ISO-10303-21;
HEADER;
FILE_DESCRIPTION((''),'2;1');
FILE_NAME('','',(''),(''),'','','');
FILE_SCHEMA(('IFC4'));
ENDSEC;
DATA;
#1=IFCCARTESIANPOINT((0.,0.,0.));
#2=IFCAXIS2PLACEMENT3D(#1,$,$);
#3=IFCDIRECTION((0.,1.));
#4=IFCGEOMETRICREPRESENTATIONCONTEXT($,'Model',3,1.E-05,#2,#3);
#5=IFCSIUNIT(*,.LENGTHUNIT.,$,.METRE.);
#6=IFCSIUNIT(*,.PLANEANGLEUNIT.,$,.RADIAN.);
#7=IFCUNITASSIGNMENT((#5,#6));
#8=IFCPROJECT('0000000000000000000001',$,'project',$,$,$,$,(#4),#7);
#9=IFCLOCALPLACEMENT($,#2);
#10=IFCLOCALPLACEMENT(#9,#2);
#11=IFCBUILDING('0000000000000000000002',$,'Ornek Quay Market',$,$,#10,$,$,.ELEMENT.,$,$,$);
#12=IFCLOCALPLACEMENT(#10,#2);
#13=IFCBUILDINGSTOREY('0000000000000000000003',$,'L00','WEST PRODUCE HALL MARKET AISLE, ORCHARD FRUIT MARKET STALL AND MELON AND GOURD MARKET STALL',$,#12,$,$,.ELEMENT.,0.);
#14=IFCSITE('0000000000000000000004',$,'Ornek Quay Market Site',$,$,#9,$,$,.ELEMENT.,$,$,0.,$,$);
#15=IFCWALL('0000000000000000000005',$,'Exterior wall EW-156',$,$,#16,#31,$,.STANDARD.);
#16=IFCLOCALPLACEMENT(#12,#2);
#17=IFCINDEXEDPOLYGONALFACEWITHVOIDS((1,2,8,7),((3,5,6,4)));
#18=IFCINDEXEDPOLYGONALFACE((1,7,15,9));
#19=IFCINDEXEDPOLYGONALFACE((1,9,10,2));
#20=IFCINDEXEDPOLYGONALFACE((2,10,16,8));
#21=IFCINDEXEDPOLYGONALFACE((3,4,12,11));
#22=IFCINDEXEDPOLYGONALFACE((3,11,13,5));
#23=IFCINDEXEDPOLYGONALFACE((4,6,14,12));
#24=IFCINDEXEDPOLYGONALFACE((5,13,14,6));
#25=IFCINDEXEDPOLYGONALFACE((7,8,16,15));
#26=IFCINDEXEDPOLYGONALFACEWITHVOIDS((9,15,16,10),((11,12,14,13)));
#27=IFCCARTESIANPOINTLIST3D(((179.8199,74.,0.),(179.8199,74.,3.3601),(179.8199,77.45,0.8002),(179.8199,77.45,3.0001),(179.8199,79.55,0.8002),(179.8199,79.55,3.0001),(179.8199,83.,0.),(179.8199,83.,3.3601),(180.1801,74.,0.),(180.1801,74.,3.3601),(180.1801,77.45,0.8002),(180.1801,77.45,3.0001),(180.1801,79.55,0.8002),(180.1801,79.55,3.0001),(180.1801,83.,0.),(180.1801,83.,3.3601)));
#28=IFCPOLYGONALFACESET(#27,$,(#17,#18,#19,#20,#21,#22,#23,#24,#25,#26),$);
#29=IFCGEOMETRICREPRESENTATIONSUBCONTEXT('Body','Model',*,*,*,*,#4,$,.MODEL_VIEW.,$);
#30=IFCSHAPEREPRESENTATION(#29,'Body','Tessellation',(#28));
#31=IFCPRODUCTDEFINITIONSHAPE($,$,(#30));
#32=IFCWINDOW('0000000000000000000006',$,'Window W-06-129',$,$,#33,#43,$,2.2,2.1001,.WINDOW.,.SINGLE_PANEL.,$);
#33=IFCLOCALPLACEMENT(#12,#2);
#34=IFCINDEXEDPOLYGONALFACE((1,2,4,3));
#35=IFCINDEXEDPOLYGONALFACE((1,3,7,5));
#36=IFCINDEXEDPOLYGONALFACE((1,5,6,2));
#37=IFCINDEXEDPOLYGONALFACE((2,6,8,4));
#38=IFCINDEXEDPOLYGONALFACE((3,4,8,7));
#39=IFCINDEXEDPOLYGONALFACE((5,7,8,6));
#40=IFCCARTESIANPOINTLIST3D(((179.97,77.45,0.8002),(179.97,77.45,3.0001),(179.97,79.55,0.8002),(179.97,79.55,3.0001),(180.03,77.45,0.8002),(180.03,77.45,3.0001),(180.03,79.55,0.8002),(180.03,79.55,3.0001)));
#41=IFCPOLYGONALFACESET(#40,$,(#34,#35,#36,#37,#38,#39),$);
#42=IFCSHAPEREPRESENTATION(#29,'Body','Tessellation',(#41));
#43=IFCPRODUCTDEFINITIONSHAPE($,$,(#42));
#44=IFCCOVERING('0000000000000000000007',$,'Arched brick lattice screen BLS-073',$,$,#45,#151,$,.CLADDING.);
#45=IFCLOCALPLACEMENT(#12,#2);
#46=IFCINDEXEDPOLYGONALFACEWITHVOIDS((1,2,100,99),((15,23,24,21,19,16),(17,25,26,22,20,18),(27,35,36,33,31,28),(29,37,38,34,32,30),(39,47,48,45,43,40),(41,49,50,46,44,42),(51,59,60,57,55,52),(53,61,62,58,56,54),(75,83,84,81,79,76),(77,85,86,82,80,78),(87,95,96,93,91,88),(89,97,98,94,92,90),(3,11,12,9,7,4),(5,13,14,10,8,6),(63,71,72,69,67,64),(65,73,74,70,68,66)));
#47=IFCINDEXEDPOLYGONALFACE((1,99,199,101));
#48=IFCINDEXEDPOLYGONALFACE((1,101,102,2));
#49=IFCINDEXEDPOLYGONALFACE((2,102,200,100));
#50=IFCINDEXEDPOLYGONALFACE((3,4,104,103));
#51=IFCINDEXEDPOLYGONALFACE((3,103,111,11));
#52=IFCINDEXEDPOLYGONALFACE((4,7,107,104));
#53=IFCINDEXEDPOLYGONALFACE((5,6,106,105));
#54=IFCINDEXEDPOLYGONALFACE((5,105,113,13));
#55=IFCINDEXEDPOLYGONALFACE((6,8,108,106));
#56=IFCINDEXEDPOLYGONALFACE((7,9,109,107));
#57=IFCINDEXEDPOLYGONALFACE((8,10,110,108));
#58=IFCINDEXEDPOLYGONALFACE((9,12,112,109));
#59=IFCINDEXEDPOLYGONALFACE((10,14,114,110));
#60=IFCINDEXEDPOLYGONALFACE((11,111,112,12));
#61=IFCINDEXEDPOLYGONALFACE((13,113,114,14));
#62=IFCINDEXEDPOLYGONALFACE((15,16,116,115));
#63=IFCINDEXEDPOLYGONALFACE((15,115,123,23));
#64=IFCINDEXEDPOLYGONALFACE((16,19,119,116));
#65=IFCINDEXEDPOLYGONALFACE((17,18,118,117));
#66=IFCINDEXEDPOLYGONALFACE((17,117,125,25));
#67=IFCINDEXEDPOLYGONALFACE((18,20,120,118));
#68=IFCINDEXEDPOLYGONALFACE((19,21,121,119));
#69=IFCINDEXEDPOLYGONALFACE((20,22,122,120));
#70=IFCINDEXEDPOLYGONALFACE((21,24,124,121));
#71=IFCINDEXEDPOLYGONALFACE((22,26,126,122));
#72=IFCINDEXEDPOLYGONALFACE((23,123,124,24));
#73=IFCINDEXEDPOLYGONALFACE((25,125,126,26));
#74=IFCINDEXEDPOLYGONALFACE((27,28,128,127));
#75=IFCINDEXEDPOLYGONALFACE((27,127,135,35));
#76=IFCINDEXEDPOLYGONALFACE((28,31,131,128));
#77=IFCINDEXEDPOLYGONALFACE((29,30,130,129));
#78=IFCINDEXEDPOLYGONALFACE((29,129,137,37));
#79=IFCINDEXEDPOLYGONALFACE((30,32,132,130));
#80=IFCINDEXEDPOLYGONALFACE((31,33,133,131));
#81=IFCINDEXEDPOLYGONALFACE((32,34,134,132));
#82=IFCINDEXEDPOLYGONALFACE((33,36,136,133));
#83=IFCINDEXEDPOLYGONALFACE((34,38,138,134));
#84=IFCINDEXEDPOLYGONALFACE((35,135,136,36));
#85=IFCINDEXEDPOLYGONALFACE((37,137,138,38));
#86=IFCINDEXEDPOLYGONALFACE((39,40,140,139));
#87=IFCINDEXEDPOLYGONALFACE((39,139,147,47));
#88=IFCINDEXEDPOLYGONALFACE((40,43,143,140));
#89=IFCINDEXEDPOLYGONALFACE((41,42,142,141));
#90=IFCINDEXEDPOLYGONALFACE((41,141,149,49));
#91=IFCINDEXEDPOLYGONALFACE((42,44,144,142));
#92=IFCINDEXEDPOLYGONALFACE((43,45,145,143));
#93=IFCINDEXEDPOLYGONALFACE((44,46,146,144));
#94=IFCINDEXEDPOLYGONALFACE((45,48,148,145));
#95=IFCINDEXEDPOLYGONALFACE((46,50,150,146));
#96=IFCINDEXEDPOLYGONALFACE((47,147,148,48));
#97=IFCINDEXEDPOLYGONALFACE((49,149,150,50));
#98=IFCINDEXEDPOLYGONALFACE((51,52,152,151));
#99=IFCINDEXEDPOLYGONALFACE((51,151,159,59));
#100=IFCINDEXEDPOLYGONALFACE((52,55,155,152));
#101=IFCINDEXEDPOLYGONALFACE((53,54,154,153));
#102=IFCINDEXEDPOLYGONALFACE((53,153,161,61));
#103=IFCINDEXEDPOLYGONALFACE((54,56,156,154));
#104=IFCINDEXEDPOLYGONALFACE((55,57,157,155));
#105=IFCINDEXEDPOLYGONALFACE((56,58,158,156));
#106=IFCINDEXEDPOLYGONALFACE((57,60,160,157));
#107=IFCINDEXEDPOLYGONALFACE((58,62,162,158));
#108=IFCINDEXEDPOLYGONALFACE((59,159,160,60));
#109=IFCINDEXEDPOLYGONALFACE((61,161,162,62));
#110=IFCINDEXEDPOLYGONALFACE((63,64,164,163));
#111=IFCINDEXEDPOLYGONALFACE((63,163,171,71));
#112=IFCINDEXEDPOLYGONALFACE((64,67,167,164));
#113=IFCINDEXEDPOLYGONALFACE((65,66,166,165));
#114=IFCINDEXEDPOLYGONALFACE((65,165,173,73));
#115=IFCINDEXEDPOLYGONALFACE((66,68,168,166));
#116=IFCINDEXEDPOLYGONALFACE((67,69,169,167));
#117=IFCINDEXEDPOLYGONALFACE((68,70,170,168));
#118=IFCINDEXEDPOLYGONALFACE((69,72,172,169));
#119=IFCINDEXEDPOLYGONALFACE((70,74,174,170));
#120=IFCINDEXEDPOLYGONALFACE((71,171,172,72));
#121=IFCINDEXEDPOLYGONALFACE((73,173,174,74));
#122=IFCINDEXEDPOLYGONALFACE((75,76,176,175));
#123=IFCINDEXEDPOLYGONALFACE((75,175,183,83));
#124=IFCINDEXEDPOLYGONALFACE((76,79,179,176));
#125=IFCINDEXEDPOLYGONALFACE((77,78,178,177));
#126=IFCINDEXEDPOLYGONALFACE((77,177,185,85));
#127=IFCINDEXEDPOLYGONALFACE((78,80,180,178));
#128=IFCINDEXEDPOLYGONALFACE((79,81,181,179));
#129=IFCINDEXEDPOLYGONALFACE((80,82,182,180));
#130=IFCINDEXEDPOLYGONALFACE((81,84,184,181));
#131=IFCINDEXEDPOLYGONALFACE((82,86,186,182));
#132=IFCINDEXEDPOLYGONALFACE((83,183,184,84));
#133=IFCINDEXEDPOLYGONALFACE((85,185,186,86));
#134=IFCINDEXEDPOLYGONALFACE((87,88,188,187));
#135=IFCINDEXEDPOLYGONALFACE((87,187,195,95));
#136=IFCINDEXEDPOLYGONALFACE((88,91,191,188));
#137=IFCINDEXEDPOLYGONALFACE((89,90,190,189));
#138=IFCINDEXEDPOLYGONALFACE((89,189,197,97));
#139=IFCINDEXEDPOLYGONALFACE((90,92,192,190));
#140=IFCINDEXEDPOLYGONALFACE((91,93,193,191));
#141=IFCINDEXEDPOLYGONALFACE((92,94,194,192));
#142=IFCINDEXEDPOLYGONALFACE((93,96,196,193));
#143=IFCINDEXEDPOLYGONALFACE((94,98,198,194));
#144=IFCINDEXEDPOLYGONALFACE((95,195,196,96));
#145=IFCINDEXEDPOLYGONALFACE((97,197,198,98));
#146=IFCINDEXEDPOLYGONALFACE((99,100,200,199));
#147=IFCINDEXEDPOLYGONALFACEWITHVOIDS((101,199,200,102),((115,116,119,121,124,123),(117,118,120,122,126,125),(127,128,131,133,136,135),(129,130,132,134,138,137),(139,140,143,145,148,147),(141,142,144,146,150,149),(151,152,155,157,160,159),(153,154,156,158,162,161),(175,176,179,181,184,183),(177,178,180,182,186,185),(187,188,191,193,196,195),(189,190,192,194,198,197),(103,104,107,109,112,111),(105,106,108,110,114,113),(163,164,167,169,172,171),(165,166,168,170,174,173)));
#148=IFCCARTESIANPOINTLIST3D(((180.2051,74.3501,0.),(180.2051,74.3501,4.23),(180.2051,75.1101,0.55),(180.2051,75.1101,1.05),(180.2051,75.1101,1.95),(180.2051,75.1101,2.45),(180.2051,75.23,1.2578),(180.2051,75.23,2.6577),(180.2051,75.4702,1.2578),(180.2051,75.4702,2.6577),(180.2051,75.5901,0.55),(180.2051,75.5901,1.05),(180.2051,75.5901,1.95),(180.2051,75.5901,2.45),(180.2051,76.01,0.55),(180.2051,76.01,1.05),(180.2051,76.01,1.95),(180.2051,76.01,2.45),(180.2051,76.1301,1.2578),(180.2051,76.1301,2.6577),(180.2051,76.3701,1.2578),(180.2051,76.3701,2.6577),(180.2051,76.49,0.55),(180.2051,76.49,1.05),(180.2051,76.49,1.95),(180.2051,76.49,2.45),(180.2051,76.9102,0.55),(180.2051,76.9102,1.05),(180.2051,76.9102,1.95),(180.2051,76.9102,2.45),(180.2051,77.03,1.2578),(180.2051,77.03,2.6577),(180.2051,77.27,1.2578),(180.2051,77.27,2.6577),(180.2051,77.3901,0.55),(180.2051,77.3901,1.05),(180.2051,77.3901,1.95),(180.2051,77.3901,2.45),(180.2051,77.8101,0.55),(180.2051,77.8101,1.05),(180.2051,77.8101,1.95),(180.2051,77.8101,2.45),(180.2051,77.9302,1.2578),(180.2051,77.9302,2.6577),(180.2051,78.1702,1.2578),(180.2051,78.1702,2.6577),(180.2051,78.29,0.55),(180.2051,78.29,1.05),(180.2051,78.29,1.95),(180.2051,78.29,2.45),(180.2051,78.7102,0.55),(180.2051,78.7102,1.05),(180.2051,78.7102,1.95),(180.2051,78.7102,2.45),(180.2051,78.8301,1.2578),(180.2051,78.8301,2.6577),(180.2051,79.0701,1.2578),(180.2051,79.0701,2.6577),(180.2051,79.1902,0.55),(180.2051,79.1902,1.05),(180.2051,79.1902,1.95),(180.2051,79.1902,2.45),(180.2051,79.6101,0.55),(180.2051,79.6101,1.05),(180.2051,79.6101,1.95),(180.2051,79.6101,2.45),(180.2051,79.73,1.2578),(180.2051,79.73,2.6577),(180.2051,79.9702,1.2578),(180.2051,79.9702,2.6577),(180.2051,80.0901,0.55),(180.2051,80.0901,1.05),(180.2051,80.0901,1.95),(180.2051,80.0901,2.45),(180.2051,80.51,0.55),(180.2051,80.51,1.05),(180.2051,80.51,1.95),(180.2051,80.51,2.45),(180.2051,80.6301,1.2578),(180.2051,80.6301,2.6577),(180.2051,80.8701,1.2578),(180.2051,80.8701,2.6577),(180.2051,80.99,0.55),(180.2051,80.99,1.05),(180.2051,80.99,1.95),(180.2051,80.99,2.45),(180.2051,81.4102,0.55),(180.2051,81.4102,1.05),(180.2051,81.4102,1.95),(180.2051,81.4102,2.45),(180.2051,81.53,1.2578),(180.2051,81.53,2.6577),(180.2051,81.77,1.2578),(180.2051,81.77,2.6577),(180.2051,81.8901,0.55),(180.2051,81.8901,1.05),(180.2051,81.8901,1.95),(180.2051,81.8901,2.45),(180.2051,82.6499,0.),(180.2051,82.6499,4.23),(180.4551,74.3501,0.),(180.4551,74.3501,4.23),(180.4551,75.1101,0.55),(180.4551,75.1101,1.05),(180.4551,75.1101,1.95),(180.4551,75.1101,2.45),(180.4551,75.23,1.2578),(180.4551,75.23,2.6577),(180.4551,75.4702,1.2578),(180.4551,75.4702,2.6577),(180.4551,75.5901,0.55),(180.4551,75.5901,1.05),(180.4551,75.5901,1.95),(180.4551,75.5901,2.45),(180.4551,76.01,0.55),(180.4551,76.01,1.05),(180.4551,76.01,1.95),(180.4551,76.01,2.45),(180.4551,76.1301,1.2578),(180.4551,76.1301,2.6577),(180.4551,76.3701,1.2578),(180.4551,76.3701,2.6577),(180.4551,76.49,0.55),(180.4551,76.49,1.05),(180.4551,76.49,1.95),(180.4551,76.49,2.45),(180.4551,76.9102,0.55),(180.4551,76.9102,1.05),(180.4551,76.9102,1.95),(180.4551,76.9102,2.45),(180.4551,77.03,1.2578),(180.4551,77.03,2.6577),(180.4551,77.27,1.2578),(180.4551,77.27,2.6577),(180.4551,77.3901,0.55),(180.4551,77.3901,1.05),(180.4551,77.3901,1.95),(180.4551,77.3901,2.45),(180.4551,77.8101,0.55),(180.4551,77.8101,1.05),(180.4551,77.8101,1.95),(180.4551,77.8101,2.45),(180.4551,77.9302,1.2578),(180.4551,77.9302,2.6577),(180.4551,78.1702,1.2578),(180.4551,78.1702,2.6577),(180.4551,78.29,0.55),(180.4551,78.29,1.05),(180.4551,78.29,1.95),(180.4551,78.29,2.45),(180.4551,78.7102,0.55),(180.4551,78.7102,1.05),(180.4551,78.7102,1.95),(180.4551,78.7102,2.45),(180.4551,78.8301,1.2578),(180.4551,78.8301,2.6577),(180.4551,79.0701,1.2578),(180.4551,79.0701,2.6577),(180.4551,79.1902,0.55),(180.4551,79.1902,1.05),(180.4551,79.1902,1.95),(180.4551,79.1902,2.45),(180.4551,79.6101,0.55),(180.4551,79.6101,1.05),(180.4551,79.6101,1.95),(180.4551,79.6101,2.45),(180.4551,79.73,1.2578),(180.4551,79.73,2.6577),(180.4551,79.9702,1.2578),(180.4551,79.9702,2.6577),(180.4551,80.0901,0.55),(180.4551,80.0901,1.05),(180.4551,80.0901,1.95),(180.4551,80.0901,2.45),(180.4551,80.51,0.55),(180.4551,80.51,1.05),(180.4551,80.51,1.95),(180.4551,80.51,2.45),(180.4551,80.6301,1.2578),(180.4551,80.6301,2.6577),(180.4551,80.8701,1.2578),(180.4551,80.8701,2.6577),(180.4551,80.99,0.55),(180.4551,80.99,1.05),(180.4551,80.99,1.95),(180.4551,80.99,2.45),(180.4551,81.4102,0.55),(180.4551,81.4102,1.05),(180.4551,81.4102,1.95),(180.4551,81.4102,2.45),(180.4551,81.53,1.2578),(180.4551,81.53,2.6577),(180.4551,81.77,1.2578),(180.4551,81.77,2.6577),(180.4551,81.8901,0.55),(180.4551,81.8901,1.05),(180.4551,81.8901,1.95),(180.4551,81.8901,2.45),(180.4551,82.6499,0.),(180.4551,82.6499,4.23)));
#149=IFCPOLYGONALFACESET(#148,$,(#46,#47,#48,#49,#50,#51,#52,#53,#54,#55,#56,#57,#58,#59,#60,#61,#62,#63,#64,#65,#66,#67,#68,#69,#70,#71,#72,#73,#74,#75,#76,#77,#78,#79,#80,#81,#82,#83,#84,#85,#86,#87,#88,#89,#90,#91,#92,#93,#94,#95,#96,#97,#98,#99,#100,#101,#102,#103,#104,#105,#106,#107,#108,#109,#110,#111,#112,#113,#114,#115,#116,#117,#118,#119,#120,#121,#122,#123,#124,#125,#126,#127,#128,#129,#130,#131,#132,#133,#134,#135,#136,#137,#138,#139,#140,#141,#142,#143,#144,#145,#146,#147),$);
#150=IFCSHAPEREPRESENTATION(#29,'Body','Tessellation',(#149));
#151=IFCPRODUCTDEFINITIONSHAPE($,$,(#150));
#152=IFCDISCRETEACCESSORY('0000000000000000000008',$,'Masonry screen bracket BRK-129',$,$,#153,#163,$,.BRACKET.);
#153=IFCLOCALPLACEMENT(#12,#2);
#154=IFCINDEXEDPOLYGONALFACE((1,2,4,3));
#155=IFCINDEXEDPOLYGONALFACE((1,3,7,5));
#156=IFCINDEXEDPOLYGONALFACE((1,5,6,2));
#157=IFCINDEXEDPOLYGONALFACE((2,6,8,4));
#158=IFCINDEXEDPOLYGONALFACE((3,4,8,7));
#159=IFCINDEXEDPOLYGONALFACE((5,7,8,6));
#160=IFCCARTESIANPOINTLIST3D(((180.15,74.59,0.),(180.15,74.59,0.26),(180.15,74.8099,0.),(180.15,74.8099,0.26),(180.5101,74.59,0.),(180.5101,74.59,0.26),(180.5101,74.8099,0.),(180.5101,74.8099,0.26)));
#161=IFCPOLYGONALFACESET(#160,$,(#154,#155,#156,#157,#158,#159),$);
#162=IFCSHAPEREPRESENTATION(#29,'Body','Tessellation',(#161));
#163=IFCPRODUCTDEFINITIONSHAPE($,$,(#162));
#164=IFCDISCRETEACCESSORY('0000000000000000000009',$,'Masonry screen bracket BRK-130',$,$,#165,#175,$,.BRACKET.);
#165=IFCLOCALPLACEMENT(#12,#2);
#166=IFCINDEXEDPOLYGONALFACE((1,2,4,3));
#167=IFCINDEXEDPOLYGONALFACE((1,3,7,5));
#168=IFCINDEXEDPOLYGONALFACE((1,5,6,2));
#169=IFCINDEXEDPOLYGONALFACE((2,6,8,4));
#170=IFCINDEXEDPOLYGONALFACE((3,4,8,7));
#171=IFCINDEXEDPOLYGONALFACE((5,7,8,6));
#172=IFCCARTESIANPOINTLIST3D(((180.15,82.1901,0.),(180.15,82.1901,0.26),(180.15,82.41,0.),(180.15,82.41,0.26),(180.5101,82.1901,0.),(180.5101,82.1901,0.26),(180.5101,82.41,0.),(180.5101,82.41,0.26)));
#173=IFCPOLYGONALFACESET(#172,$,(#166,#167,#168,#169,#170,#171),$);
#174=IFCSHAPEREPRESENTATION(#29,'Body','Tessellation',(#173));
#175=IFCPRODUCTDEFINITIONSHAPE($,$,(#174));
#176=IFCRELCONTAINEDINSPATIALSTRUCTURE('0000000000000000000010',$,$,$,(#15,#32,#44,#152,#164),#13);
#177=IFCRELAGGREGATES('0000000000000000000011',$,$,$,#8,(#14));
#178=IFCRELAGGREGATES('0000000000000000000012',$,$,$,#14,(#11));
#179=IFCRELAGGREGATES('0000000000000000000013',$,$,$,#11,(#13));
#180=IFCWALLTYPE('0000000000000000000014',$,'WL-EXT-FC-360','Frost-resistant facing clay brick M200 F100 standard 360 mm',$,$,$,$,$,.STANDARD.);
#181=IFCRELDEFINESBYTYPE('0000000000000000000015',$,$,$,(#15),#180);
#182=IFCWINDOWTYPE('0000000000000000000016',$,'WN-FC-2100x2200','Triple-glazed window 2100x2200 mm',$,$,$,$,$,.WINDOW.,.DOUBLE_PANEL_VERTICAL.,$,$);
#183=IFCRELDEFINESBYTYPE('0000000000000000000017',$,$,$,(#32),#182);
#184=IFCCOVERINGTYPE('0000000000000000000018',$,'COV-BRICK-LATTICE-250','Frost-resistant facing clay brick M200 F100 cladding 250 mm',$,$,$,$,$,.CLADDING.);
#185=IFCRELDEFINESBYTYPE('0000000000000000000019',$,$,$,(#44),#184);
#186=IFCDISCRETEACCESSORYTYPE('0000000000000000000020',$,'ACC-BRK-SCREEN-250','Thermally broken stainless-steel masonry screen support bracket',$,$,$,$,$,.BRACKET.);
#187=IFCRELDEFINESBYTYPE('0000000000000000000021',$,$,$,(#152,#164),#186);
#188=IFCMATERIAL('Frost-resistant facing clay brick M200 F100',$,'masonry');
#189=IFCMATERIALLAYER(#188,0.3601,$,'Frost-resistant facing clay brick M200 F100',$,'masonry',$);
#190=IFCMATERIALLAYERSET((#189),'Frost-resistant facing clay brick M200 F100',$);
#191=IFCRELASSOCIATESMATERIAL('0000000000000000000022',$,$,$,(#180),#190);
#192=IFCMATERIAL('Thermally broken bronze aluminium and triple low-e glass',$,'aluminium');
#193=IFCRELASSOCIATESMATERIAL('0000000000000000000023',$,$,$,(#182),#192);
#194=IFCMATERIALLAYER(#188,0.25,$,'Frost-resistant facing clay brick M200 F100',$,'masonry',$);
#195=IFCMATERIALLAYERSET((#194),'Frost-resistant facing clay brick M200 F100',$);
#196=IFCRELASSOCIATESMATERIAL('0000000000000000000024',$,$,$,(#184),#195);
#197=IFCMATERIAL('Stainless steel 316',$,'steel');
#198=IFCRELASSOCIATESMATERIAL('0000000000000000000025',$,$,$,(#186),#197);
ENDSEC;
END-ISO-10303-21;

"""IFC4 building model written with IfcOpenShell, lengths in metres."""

from ifc_helpers import new_model, si_unit, direction, frame, frame_2d, origin, origin_2d, place, context, subcontext, project, spatial, polyline, rectangle, outline, extrude, material, layer, layer_set, type_object, element, fill, save


model = new_model("IFC4")

# Units and contexts
model_context = context("Model", 3, precision=1e-05, world=origin(), true_north=direction((0.0, 1.0)))
body_context = subcontext(model_context, "Body", "Model", "MODEL_VIEW")
ifc_project = project(units=[si_unit("LENGTHUNIT", "METRE"), si_unit("PLANEANGLEUNIT", "RADIAN")], contexts=[model_context])

# Site, building, storey
site_placement = place(None, origin())
site = spatial("IfcSite", under=ifc_project, at=site_placement, Name="Ornek Quay Market Site", CompositionType="ELEMENT", RefElevation=0.0)
building_placement = place(site_placement, origin())
building = spatial("IfcBuilding", under=site, at=building_placement, Name="Ornek Quay Market", CompositionType="ELEMENT")
storey_placement = place(building_placement, origin())
storey = spatial("IfcBuildingStorey", under=building, at=storey_placement, Name="L00", Description="WEST PRODUCE HALL MARKET AISLE, ORCHARD FRUIT MARKET STALL AND MELON AND GOURD MARKET STALL", CompositionType="ELEMENT", Elevation=0.0)

# Wall, opening, window
ifc_material_1 = material(Name="Frost-resistant facing clay brick M200 F100", Category="masonry")
ifc_layer_1 = layer(ifc_material_1, 0.3601, Name="Frost-resistant facing clay brick M200 F100", Category="masonry")
ifc_layer_set_1 = layer_set([ifc_layer_1], Name="Frost-resistant facing clay brick M200 F100")
wall_type = type_object("IfcWallType", Name="WL-EXT-FC-360", Description="Frost-resistant facing clay brick M200 F100 standard 360 mm", PredefinedType="STANDARD", material=ifc_layer_set_1)
wall_placement = place(storey_placement, frame((180.0, 74.0, 0.0), z_axis=(0.0, 0.0, 1.0), x_axis=(0.0, 1.0, 0.0)))
wall = element("IfcWall", 1, at=wall_placement, inside=storey, type_object=wall_type, Name="Exterior wall EW-156", PredefinedType="STANDARD", context=body_context, shape_type="SweptSolid", body=[
    extrude(rectangle(XDim=9.0, YDim=0.3601, at=frame_2d((4.5, 0.0))), origin(), (0.0, 0.0, 1.0), 3.3601),
])
opening_placement = place(wall_placement, frame((3.45, 0.0, 0.8)))
opening = element("IfcOpeningElement", 2, at=opening_placement, cuts=wall, PredefinedType="OPENING", context=body_context, shape_type="SweptSolid", body=[
    extrude(rectangle(XDim=2.1001, YDim=2.2, at=frame_2d((1.05, 1.1001))), frame((0.0, 0.1899, 0.0), z_axis=(0.0, -1.0, 0.0), x_axis=(1.0, 0.0, 0.0)), (0.0, 0.0, 1.0), 0.3801),
])
ifc_material_2 = material(Name="Thermally broken bronze aluminium and triple low-e glass", Category="aluminium")
window_type = type_object("IfcWindowType", Name="WN-FC-2100x2200", Description="Triple-glazed window 2100x2200 mm", PartitioningType="DOUBLE_PANEL_VERTICAL", PredefinedType="WINDOW", material=ifc_material_2)
window_placement = place(opening_placement, origin())
window = element("IfcWindow", 3, at=window_placement, inside=storey, type_object=window_type, Name="Window W-06-129", OverallHeight=2.2, OverallWidth=2.1001, PartitioningType="SINGLE_PANEL", PredefinedType="WINDOW", context=body_context, shape_type="SweptSolid", body=[
    extrude(rectangle(XDim=2.1001, YDim=2.2, at=frame_2d((1.05, 1.1001))), frame((0.0, 0.03, 0.0), z_axis=(0.0, -1.0, 0.0), x_axis=(1.0, 0.0, 0.0)), (0.0, 0.0, 1.0), 0.0601),
])
fill(opening, window)

# Covering
ifc_layer_2 = layer(ifc_material_1, 0.25, Name="Frost-resistant facing clay brick M200 F100", Category="masonry")
ifc_layer_set_2 = layer_set([ifc_layer_2], Name="Frost-resistant facing clay brick M200 F100")
covering_type = type_object("IfcCoveringType", Name="COV-BRICK-LATTICE-250", Description="Frost-resistant facing clay brick M200 F100 cladding 250 mm", PredefinedType="CLADDING", material=ifc_layer_set_2)
covering_placement = place(storey_placement, frame((180.3301, 74.3501, 0.0), z_axis=(0.0, 0.0, 1.0), x_axis=(0.0, 1.0, 0.0)))
element("IfcCovering", 4, at=covering_placement, inside=storey, type_object=covering_type, Name="Arched brick lattice screen BLS-073", PredefinedType="CLADDING", context=body_context, shape_type="SweptSolid", body=[
    extrude(outline(polyline([(0.0, 0.0), (8.2998, 0.0), (8.2998, 4.23), (0.0, 4.23), (0.0, 0.0)]), holes=[polyline([(0.76, 0.55), (1.24, 0.55), (1.24, 1.05), (1.1201, 1.2578), (0.8799, 1.2578), (0.76, 1.05), (0.76, 0.55)]), polyline([(0.76, 1.95), (1.24, 1.95), (1.24, 2.45), (1.1201, 2.6577), (0.8799, 2.6577), (0.76, 2.45), (0.76, 1.95)]), polyline([(1.6599, 0.55), (2.1399, 0.55), (2.1399, 1.05), (2.02, 1.2578), (1.78, 1.2578), (1.6599, 1.05), (1.6599, 0.55)]), polyline([(1.6599, 1.95), (2.1399, 1.95), (2.1399, 2.45), (2.02, 2.6577), (1.78, 2.6577), (1.6599, 2.45), (1.6599, 1.95)]), polyline([(2.5601, 0.55), (3.04, 0.55), (3.04, 1.05), (2.9199, 1.2578), (2.6799, 1.2578), (2.5601, 1.05), (2.5601, 0.55)]), polyline([(2.5601, 1.95), (3.04, 1.95), (3.04, 2.45), (2.9199, 2.6577), (2.6799, 2.6577), (2.5601, 2.45), (2.5601, 1.95)]), polyline([(3.46, 0.55), (3.9399, 0.55), (3.9399, 1.05), (3.8201, 1.2578), (3.5801, 1.2578), (3.46, 1.05), (3.46, 0.55)]), polyline([(3.46, 1.95), (3.9399, 1.95), (3.9399, 2.45), (3.8201, 2.6577), (3.5801, 2.6577), (3.46, 2.45), (3.46, 1.95)]), polyline([(4.3601, 0.55), (4.8401, 0.55), (4.8401, 1.05), (4.72, 1.2578), (4.48, 1.2578), (4.3601, 1.05), (4.3601, 0.55)]), polyline([(4.3601, 1.95), (4.8401, 1.95), (4.8401, 2.45), (4.72, 2.6577), (4.48, 2.6577), (4.3601, 2.45), (4.3601, 1.95)]), polyline([(5.26, 0.55), (5.74, 0.55), (5.74, 1.05), (5.6201, 1.2578), (5.3799, 1.2578), (5.26, 1.05), (5.26, 0.55)]), polyline([(5.26, 1.95), (5.74, 1.95), (5.74, 2.45), (5.6201, 2.6577), (5.3799, 2.6577), (5.26, 2.45), (5.26, 1.95)]), polyline([(6.1599, 0.55), (6.6399, 0.55), (6.6399, 1.05), (6.52, 1.2578), (6.28, 1.2578), (6.1599, 1.05), (6.1599, 0.55)]), polyline([(6.1599, 1.95), (6.6399, 1.95), (6.6399, 2.45), (6.52, 2.6577), (6.28, 2.6577), (6.1599, 2.45), (6.1599, 1.95)]), polyline([(7.0601, 0.55), (7.54, 0.55), (7.54, 1.05), (7.4199, 1.2578), (7.1799, 1.2578), (7.0601, 1.05), (7.0601, 0.55)]), polyline([(7.0601, 1.95), (7.54, 1.95), (7.54, 2.45), (7.4199, 2.6577), (7.1799, 2.6577), (7.0601, 2.45), (7.0601, 1.95)])]), frame((0.0, 0.125, 0.0), z_axis=(0.0, -1.0, 0.0), x_axis=(1.0, 0.0, 0.0)), (0.0, 0.0, 1.0), 0.25),
])

# Discrete accessories
ifc_material_3 = material(Name="Stainless steel 316", Category="steel")
discrete_accessory_type = type_object("IfcDiscreteAccessoryType", Name="ACC-BRK-SCREEN-250", Description="Thermally broken stainless-steel masonry screen support bracket", PredefinedType="BRACKET", material=ifc_material_3)
for number, where, z_axis, x_axis, name in (
    (5, (180.3301, 74.7, 0.0), (0.0, 0.0, 1.0), (0.0, 1.0, 0.0), "Masonry screen bracket BRK-129"),
    (6, (180.3301, 82.3, 0.0), (0.0, 0.0, 1.0), (0.0, 1.0, 0.0), "Masonry screen bracket BRK-130"),
):
    element("IfcDiscreteAccessory", number, at=place(storey_placement, frame(where, z_axis=z_axis, x_axis=x_axis)), inside=storey, type_object=discrete_accessory_type, Name=name, PredefinedType="BRACKET", context=body_context, shape_type="SweptSolid", body=[
        extrude(rectangle(XDim=0.22, YDim=0.3601, at=origin_2d()), origin(), (0.0, 0.0, 1.0), 0.26),
    ])

save(model, "model.ifc")
